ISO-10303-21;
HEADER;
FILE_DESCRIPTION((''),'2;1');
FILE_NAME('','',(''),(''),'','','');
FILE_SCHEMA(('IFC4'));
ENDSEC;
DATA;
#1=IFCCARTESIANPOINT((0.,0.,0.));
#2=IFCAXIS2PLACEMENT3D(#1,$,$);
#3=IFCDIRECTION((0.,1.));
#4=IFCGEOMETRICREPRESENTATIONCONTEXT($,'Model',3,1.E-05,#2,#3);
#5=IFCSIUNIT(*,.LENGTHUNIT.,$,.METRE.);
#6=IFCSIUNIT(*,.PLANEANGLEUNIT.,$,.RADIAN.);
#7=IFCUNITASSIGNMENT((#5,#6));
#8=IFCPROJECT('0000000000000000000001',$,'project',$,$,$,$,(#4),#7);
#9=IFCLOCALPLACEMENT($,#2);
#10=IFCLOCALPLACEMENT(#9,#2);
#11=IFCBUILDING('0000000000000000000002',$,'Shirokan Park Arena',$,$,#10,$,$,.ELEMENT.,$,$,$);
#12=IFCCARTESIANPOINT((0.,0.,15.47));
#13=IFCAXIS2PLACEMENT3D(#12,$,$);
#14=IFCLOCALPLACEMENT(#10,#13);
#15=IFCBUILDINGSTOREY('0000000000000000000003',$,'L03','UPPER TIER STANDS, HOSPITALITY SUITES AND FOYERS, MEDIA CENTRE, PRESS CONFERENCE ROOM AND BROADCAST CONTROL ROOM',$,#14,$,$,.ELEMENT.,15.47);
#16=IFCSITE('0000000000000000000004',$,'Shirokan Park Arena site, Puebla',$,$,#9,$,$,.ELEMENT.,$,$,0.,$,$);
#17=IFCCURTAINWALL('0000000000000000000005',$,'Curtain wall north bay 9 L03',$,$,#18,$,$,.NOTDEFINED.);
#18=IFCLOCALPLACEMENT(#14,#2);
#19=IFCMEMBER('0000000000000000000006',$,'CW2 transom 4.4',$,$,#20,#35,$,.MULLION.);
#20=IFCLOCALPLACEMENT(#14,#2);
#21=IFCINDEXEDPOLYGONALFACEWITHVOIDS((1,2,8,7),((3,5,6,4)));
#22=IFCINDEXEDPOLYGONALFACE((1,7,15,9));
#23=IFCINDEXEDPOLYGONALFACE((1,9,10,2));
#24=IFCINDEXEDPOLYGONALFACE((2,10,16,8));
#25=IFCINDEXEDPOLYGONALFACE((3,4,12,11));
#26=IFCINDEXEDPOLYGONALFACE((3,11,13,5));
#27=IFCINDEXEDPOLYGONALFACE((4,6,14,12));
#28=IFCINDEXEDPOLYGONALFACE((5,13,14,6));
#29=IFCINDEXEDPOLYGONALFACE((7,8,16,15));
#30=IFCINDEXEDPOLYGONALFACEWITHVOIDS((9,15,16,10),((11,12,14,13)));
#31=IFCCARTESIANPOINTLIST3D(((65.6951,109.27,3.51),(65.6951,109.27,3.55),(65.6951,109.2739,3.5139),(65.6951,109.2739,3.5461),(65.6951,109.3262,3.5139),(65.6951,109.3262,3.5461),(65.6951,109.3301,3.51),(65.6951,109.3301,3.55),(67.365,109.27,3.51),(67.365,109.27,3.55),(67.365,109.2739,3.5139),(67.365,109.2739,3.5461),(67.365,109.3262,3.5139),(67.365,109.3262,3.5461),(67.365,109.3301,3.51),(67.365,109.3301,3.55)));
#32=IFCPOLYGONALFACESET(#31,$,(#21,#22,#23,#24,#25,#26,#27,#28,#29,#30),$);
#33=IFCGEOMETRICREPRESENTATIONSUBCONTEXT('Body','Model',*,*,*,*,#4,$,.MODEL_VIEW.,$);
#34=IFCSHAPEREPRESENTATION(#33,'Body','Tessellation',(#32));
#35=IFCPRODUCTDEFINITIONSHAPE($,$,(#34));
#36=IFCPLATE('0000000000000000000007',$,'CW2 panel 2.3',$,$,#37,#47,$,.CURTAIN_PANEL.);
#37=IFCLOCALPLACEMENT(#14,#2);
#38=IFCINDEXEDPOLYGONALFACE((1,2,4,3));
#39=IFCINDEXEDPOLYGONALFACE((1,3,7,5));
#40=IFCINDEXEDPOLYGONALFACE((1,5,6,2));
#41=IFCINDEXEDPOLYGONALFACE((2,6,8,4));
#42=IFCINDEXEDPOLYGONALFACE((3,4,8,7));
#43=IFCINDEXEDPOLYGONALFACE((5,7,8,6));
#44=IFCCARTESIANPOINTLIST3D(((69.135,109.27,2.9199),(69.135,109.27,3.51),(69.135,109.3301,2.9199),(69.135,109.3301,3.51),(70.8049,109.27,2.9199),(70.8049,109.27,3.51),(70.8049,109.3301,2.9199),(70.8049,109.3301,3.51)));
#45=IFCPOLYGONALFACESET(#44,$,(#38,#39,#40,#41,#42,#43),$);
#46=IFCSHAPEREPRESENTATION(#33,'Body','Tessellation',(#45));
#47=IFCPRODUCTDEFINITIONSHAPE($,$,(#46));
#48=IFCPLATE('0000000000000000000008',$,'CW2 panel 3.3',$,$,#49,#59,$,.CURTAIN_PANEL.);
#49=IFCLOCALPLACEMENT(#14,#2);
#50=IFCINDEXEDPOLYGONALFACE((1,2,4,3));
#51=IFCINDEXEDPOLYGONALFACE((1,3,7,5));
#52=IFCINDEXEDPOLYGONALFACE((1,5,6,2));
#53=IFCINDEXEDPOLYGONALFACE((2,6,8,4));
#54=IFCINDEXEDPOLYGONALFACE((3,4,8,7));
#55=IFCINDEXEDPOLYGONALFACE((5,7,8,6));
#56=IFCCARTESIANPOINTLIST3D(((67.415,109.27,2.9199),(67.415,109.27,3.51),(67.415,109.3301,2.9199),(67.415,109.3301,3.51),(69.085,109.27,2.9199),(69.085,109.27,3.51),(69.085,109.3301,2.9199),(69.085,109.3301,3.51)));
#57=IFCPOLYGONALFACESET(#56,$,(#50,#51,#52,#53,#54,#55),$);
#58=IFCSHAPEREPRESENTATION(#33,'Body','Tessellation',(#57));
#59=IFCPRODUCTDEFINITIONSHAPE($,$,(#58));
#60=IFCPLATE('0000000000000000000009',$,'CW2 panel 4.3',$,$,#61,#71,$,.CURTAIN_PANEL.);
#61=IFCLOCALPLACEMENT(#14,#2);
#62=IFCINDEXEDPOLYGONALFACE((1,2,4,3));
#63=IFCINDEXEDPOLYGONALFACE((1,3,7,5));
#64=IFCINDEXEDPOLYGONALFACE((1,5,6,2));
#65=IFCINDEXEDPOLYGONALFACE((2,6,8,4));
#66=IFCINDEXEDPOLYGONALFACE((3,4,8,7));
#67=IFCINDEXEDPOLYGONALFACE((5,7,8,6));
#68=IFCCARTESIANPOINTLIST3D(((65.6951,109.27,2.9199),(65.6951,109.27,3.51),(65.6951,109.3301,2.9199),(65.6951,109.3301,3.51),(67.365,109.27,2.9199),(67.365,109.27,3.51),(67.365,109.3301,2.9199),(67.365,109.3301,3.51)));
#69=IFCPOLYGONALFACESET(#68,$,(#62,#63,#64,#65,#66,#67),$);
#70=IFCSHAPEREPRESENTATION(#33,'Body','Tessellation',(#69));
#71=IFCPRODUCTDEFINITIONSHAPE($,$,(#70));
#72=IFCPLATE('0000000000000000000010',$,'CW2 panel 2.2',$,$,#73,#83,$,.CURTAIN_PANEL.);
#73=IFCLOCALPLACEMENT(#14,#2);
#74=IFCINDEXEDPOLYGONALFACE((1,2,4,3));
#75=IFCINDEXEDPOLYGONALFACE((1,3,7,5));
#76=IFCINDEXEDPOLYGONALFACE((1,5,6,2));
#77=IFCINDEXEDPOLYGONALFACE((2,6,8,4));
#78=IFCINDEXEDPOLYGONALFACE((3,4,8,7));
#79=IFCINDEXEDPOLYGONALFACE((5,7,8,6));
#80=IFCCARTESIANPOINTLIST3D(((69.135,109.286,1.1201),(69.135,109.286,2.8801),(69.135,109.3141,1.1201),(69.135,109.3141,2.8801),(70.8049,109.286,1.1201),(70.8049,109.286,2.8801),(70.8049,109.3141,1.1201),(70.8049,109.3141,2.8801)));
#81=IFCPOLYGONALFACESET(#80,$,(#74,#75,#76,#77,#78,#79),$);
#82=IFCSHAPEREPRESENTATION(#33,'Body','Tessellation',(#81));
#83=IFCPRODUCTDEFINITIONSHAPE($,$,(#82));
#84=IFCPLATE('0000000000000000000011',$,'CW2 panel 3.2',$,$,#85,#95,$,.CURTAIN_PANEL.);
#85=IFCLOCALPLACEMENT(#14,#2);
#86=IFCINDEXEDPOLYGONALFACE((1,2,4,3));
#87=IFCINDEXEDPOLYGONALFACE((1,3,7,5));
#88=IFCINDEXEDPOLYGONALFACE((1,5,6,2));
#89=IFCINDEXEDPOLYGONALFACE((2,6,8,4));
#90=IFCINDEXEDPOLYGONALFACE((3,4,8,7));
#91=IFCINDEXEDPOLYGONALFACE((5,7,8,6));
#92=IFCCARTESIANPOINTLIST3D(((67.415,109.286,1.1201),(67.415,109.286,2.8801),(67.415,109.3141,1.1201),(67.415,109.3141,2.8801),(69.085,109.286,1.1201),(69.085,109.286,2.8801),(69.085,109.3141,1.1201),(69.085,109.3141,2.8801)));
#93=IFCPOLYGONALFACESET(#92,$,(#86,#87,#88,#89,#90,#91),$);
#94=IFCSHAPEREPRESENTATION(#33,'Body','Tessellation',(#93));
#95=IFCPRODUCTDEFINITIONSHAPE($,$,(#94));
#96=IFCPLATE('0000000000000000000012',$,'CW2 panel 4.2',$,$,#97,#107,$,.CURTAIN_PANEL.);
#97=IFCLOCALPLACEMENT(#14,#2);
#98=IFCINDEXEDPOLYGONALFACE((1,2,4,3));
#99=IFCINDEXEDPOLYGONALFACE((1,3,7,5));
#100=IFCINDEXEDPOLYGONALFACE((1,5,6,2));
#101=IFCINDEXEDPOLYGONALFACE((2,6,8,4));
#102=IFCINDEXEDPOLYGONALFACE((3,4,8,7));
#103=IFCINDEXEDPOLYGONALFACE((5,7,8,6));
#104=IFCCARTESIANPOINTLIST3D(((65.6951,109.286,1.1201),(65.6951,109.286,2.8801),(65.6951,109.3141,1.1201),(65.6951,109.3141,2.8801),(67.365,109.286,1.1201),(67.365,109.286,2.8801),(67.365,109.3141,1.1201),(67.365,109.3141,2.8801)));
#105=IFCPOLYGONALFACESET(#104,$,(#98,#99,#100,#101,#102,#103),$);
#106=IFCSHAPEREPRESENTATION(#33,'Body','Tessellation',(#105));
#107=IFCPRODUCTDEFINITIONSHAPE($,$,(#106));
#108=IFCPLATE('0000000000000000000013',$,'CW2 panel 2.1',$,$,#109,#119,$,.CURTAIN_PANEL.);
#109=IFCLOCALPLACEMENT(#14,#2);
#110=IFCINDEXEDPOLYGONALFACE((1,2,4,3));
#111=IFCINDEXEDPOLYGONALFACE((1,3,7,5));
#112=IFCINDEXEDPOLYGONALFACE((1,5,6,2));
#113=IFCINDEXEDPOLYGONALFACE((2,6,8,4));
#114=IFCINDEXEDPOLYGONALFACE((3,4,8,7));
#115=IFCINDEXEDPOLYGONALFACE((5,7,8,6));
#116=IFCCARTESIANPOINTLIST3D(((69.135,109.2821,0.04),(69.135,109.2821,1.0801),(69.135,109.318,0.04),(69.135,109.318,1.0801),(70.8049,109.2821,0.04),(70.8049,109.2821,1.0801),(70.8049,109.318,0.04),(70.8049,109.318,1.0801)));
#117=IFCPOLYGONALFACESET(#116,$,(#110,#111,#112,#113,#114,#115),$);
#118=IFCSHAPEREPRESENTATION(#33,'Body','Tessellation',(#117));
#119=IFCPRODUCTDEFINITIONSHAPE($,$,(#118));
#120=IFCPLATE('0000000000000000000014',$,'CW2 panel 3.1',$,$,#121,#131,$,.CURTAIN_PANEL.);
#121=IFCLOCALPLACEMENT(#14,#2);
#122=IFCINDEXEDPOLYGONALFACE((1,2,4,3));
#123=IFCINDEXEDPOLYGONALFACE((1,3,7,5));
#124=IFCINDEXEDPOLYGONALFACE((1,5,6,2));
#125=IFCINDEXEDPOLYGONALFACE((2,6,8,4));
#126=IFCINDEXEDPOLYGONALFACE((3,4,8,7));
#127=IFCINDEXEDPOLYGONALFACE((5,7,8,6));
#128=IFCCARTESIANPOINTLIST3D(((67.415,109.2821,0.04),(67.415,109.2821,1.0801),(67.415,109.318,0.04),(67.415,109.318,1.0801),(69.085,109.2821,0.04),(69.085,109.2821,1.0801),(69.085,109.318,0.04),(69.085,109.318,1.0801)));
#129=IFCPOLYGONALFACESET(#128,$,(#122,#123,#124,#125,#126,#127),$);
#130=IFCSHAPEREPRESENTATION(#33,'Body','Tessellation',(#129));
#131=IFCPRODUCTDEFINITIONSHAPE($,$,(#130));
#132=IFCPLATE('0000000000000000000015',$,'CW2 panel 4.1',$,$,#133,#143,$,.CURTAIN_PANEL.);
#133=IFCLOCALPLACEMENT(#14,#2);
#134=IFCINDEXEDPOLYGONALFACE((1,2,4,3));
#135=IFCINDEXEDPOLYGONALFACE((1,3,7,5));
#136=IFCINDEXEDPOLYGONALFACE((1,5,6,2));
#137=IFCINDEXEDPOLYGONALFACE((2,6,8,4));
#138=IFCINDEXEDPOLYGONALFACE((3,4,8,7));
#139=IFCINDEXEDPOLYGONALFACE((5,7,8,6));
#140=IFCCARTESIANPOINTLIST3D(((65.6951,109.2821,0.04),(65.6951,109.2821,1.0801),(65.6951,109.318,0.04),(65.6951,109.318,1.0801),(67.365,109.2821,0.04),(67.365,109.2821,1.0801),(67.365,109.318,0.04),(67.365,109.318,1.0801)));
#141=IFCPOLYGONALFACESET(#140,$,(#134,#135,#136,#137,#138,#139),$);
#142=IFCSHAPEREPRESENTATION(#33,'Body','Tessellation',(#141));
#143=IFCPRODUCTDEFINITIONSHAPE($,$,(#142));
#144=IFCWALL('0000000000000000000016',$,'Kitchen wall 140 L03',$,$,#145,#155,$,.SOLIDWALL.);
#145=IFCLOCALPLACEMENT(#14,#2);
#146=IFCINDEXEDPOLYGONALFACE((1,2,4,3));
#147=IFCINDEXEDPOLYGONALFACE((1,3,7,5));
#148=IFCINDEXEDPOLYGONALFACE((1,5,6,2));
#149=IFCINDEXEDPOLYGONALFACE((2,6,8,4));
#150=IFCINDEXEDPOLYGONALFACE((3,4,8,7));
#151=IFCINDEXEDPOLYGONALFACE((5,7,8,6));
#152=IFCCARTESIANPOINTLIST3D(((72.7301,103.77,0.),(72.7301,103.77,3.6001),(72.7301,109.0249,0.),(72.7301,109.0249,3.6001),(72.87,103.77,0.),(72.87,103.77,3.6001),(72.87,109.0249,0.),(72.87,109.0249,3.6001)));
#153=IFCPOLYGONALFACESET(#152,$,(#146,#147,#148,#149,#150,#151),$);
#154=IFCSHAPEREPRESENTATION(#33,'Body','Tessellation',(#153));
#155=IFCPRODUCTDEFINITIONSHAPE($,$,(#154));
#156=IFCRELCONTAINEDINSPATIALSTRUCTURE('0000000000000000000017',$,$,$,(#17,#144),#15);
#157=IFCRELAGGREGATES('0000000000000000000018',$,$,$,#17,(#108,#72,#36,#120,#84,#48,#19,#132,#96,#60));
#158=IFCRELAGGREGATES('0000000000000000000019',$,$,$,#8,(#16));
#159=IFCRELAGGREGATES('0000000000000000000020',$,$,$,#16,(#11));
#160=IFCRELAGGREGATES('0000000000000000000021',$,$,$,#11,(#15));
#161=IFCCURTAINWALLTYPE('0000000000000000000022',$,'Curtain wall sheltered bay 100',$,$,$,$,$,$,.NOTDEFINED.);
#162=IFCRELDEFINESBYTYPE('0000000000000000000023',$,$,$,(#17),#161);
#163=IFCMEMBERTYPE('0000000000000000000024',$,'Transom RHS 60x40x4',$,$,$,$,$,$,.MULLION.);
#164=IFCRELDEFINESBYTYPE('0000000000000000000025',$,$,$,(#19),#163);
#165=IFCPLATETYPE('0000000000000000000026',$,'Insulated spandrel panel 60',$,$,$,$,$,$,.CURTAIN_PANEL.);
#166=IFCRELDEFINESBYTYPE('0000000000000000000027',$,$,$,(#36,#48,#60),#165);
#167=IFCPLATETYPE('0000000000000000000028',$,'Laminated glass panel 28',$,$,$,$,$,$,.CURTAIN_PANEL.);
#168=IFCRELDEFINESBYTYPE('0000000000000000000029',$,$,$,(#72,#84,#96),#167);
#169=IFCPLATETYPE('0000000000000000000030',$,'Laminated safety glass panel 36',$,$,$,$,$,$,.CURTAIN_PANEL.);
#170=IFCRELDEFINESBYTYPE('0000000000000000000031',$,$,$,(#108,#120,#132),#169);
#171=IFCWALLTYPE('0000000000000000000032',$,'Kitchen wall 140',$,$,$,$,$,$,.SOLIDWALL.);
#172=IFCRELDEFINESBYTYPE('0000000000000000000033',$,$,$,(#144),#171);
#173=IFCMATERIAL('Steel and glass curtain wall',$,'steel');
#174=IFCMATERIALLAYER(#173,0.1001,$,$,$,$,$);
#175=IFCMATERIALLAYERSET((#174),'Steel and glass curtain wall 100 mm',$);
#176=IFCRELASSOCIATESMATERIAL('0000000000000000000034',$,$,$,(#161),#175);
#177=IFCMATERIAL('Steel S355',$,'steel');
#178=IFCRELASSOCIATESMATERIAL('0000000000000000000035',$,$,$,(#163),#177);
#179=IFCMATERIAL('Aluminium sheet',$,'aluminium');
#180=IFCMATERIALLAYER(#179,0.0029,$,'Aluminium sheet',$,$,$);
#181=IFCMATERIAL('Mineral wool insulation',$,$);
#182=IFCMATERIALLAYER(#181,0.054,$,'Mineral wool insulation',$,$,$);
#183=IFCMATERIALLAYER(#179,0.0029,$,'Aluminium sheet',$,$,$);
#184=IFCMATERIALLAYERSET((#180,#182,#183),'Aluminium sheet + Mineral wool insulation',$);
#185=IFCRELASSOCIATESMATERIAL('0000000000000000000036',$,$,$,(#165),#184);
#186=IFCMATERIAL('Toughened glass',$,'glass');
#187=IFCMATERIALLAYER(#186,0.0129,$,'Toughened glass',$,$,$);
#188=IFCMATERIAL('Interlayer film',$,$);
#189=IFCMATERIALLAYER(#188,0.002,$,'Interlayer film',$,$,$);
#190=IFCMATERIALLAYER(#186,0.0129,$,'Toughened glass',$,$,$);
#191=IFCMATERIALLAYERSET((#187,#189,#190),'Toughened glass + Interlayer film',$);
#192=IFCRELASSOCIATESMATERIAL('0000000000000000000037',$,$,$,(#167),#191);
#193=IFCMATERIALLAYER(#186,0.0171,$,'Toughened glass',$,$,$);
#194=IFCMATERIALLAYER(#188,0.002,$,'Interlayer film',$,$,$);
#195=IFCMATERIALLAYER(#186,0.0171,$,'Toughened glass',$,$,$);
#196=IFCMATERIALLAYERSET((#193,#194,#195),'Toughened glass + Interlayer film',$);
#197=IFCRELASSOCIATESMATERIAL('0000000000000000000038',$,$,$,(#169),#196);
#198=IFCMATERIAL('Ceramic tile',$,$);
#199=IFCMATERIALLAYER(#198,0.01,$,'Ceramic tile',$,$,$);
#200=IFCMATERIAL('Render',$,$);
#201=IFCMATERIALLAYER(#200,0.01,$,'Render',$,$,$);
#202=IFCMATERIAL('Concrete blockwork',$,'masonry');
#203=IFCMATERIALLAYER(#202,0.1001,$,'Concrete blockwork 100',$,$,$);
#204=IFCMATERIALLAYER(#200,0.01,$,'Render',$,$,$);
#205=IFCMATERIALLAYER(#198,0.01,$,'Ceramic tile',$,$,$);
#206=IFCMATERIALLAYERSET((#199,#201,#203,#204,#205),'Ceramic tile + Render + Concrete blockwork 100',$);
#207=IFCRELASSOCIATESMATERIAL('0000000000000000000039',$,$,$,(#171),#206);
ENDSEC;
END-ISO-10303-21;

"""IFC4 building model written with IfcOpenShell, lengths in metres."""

from ifc_helpers import new_model, si_unit, direction, frame, frame_2d, origin, origin_2d, place, context, subcontext, project, spatial, rectangle, hollow_rectangle, extrude, material, layer, layer_set, material_profile, profile_set, type_object, element, aggregate, save


model = new_model("IFC4")

# Units and contexts
model_context = context("Model", 3, precision=1e-05, world=origin(), true_north=direction((0.0, 1.0)))
body_context = subcontext(model_context, "Body", "Model", "MODEL_VIEW")
ifc_project = project(units=[si_unit("LENGTHUNIT", "METRE"), si_unit("PLANEANGLEUNIT", "RADIAN")], contexts=[model_context])

# Site, building, storey
site_placement = place(None, origin())
site = spatial("IfcSite", under=ifc_project, at=site_placement, Name="Shirokan Park Arena site, Puebla", CompositionType="ELEMENT", RefElevation=0.0)
building_placement = place(site_placement, origin())
building = spatial("IfcBuilding", under=site, at=building_placement, Name="Shirokan Park Arena", CompositionType="ELEMENT")
storey_placement = place(building_placement, frame((0.0, 0.0, 15.47)))
storey = spatial("IfcBuildingStorey", under=building, at=storey_placement, Name="L03", Description="UPPER TIER STANDS, HOSPITALITY SUITES AND FOYERS, MEDIA CENTRE, PRESS CONFERENCE ROOM AND BROADCAST CONTROL ROOM", CompositionType="ELEMENT", Elevation=15.47)

# Curtain wall, member, plates
ifc_material_1 = material(Name="Steel and glass curtain wall", Category="steel")
ifc_layer_1 = layer(ifc_material_1, 0.1001)
ifc_layer_set_1 = layer_set([ifc_layer_1], Name="Steel and glass curtain wall 100 mm")
curtain_wall_type = type_object("IfcCurtainWallType", Name="Curtain wall sheltered bay 100", PredefinedType="NOTDEFINED", material=ifc_layer_set_1)
curtain_wall_placement = place(storey_placement, origin())
curtain_wall = element("IfcCurtainWall", 1, at=curtain_wall_placement, inside=storey, type_object=curtain_wall_type, Name="Curtain wall north bay 9 L03", PredefinedType="NOTDEFINED")
ifc_material_2 = material(Name="Steel S355", Category="steel")
ifc_material_profile_1 = material_profile(ifc_material_2, hollow_rectangle(XDim=0.0601, YDim=0.04, WallThickness=0.0039, at=origin_2d()), Name="RHS 60x40x4")
ifc_profile_set_1 = profile_set([ifc_material_profile_1], Name="Steel S355")
member_type_1 = type_object("IfcMemberType", Name="Transom RHS 60x40x4", PredefinedType="MULLION", material=ifc_profile_set_1)
member_1_placement = place(storey_placement, frame((67.365, 109.3, 3.53), z_axis=(-1.0, 0.0, 0.0), x_axis=(0.0, -1.0, 0.0)))
member_1 = element("IfcMember", 2, at=member_1_placement, type_object=member_type_1, Name="CW2 transom 4.4", PredefinedType="MULLION", context=body_context, shape_type="SweptSolid", body=[
    extrude(hollow_rectangle(XDim=0.0601, YDim=0.04, WallThickness=0.0039, at=origin_2d()), origin(), (0.0, 0.0, 1.0), 1.6699),
])
ifc_material_3 = material(Name="Aluminium sheet", Category="aluminium")
ifc_layer_2 = layer(ifc_material_3, 0.0029, Name="Aluminium sheet")
ifc_material_4 = material(Name="Mineral wool insulation")
ifc_layer_3 = layer(ifc_material_4, 0.054, Name="Mineral wool insulation")
ifc_layer_4 = layer(ifc_material_3, 0.0029, Name="Aluminium sheet")
ifc_layer_set_2 = layer_set([ifc_layer_2, ifc_layer_3, ifc_layer_4], Name="Aluminium sheet + Mineral wool insulation")
plate_type_1 = type_object("IfcPlateType", Name="Insulated spandrel panel 60", PredefinedType="CURTAIN_PANEL", material=ifc_layer_set_2)
plate_1_placement = place(storey_placement, frame((69.97, 109.3, 2.9199), z_axis=(0.0, 0.0, 1.0), x_axis=(-1.0, 0.0, 0.0)))
plate_1 = element("IfcPlate", 3, at=plate_1_placement, type_object=plate_type_1, Name="CW2 panel 2.3", PredefinedType="CURTAIN_PANEL", context=body_context, shape_type="SweptSolid", body=[
    extrude(rectangle(XDim=1.6699, YDim=0.0601, at=origin_2d()), origin(), (0.0, 0.0, 1.0), 0.5901),
])
plate_2_placement = place(storey_placement, frame((68.25, 109.3, 2.9199), z_axis=(0.0, 0.0, 1.0), x_axis=(-1.0, 0.0, 0.0)))
plate_2 = element("IfcPlate", 4, at=plate_2_placement, type_object=plate_type_1, Name="CW2 panel 3.3", PredefinedType="CURTAIN_PANEL", context=body_context, shape_type="SweptSolid", body=[
    extrude(rectangle(XDim=1.6699, YDim=0.0601, at=origin_2d()), origin(), (0.0, 0.0, 1.0), 0.5901),
])
plate_3_placement = place(storey_placement, frame((66.53, 109.3, 2.9199), z_axis=(0.0, 0.0, 1.0), x_axis=(-1.0, 0.0, 0.0)))
plate_3 = element("IfcPlate", 5, at=plate_3_placement, type_object=plate_type_1, Name="CW2 panel 4.3", PredefinedType="CURTAIN_PANEL", context=body_context, shape_type="SweptSolid", body=[
    extrude(rectangle(XDim=1.6699, YDim=0.0601, at=origin_2d()), origin(), (0.0, 0.0, 1.0), 0.5901),
])
ifc_material_5 = material(Name="Toughened glass", Category="glass")
ifc_layer_5 = layer(ifc_material_5, 0.0129, Name="Toughened glass")
ifc_material_6 = material(Name="Interlayer film")
ifc_layer_6 = layer(ifc_material_6, 0.002, Name="Interlayer film")
ifc_layer_7 = layer(ifc_material_5, 0.0129, Name="Toughened glass")
ifc_layer_set_3 = layer_set([ifc_layer_5, ifc_layer_6, ifc_layer_7], Name="Toughened glass + Interlayer film")
plate_type_2 = type_object("IfcPlateType", Name="Laminated glass panel 28", PredefinedType="CURTAIN_PANEL", material=ifc_layer_set_3)
plate_4_placement = place(storey_placement, frame((69.97, 109.3, 1.1201), z_axis=(0.0, 0.0, 1.0), x_axis=(-1.0, 0.0, 0.0)))
plate_4 = element("IfcPlate", 6, at=plate_4_placement, type_object=plate_type_2, Name="CW2 panel 2.2", PredefinedType="CURTAIN_PANEL", context=body_context, shape_type="SweptSolid", body=[
    extrude(rectangle(XDim=1.6699, YDim=0.0281, at=origin_2d()), origin(), (0.0, 0.0, 1.0), 1.76),
])
plate_5_placement = place(storey_placement, frame((68.25, 109.3, 1.1201), z_axis=(0.0, 0.0, 1.0), x_axis=(-1.0, 0.0, 0.0)))
plate_5 = element("IfcPlate", 7, at=plate_5_placement, type_object=plate_type_2, Name="CW2 panel 3.2", PredefinedType="CURTAIN_PANEL", context=body_context, shape_type="SweptSolid", body=[
    extrude(rectangle(XDim=1.6699, YDim=0.0281, at=origin_2d()), origin(), (0.0, 0.0, 1.0), 1.76),
])
plate_6_placement = place(storey_placement, frame((66.53, 109.3, 1.1201), z_axis=(0.0, 0.0, 1.0), x_axis=(-1.0, 0.0, 0.0)))
plate_6 = element("IfcPlate", 8, at=plate_6_placement, type_object=plate_type_2, Name="CW2 panel 4.2", PredefinedType="CURTAIN_PANEL", context=body_context, shape_type="SweptSolid", body=[
    extrude(rectangle(XDim=1.6699, YDim=0.0281, at=origin_2d()), origin(), (0.0, 0.0, 1.0), 1.76),
])
ifc_layer_8 = layer(ifc_material_5, 0.0171, Name="Toughened glass")
ifc_layer_9 = layer(ifc_material_6, 0.002, Name="Interlayer film")
ifc_layer_10 = layer(ifc_material_5, 0.0171, Name="Toughened glass")
ifc_layer_set_4 = layer_set([ifc_layer_8, ifc_layer_9, ifc_layer_10], Name="Toughened glass + Interlayer film")
plate_type_3 = type_object("IfcPlateType", Name="Laminated safety glass panel 36", PredefinedType="CURTAIN_PANEL", material=ifc_layer_set_4)
plate_7_placement = place(storey_placement, frame((69.97, 109.3, 0.04), z_axis=(0.0, 0.0, 1.0), x_axis=(-1.0, 0.0, 0.0)))
plate_7 = element("IfcPlate", 9, at=plate_7_placement, type_object=plate_type_3, Name="CW2 panel 2.1", PredefinedType="CURTAIN_PANEL", context=body_context, shape_type="SweptSolid", body=[
    extrude(rectangle(XDim=1.6699, YDim=0.0359, at=origin_2d()), origin(), (0.0, 0.0, 1.0), 1.04),
])
plate_8_placement = place(storey_placement, frame((68.25, 109.3, 0.04), z_axis=(0.0, 0.0, 1.0), x_axis=(-1.0, 0.0, 0.0)))
plate_8 = element("IfcPlate", 10, at=plate_8_placement, type_object=plate_type_3, Name="CW2 panel 3.1", PredefinedType="CURTAIN_PANEL", context=body_context, shape_type="SweptSolid", body=[
    extrude(rectangle(XDim=1.6699, YDim=0.0359, at=origin_2d()), origin(), (0.0, 0.0, 1.0), 1.04),
])
plate_9_placement = place(storey_placement, frame((66.53, 109.3, 0.04), z_axis=(0.0, 0.0, 1.0), x_axis=(-1.0, 0.0, 0.0)))
plate_9 = element("IfcPlate", 11, at=plate_9_placement, type_object=plate_type_3, Name="CW2 panel 4.1", PredefinedType="CURTAIN_PANEL", context=body_context, shape_type="SweptSolid", body=[
    extrude(rectangle(XDim=1.6699, YDim=0.0359, at=origin_2d()), origin(), (0.0, 0.0, 1.0), 1.04),
])
aggregate(curtain_wall, [plate_7, plate_4, plate_1, plate_8, plate_5, plate_2, member_1, plate_9, plate_6, plate_3])

# Wall
ifc_material_7 = material(Name="Ceramic tile")
ifc_layer_11 = layer(ifc_material_7, 0.01, Name="Ceramic tile")
ifc_material_8 = material(Name="Render")
ifc_layer_12 = layer(ifc_material_8, 0.01, Name="Render")
ifc_material_9 = material(Name="Concrete blockwork", Category="masonry")
ifc_layer_13 = layer(ifc_material_9, 0.1001, Name="Concrete blockwork 100")
ifc_layer_14 = layer(ifc_material_8, 0.01, Name="Render")
ifc_layer_15 = layer(ifc_material_7, 0.01, Name="Ceramic tile")
ifc_layer_set_5 = layer_set([ifc_layer_11, ifc_layer_12, ifc_layer_13, ifc_layer_14, ifc_layer_15], Name="Ceramic tile + Render + Concrete blockwork 100")
wall_type = type_object("IfcWallType", Name="Kitchen wall 140", PredefinedType="SOLIDWALL", material=ifc_layer_set_5)
wall_placement = place(storey_placement, frame((72.8, 109.0249, 0.0), z_axis=(0.0, 0.0, 1.0), x_axis=(0.0, -1.0, 0.0)))
element("IfcWall", 12, at=wall_placement, inside=storey, type_object=wall_type, Name="Kitchen wall 140 L03", PredefinedType="SOLIDWALL", context=body_context, shape_type="SweptSolid", body=[
    extrude(rectangle(XDim=5.2549, YDim=0.1399, at=frame_2d((2.6274, 0.0))), origin(), (0.0, 0.0, 1.0), 3.6001),
])

save(model, "model.ifc")
